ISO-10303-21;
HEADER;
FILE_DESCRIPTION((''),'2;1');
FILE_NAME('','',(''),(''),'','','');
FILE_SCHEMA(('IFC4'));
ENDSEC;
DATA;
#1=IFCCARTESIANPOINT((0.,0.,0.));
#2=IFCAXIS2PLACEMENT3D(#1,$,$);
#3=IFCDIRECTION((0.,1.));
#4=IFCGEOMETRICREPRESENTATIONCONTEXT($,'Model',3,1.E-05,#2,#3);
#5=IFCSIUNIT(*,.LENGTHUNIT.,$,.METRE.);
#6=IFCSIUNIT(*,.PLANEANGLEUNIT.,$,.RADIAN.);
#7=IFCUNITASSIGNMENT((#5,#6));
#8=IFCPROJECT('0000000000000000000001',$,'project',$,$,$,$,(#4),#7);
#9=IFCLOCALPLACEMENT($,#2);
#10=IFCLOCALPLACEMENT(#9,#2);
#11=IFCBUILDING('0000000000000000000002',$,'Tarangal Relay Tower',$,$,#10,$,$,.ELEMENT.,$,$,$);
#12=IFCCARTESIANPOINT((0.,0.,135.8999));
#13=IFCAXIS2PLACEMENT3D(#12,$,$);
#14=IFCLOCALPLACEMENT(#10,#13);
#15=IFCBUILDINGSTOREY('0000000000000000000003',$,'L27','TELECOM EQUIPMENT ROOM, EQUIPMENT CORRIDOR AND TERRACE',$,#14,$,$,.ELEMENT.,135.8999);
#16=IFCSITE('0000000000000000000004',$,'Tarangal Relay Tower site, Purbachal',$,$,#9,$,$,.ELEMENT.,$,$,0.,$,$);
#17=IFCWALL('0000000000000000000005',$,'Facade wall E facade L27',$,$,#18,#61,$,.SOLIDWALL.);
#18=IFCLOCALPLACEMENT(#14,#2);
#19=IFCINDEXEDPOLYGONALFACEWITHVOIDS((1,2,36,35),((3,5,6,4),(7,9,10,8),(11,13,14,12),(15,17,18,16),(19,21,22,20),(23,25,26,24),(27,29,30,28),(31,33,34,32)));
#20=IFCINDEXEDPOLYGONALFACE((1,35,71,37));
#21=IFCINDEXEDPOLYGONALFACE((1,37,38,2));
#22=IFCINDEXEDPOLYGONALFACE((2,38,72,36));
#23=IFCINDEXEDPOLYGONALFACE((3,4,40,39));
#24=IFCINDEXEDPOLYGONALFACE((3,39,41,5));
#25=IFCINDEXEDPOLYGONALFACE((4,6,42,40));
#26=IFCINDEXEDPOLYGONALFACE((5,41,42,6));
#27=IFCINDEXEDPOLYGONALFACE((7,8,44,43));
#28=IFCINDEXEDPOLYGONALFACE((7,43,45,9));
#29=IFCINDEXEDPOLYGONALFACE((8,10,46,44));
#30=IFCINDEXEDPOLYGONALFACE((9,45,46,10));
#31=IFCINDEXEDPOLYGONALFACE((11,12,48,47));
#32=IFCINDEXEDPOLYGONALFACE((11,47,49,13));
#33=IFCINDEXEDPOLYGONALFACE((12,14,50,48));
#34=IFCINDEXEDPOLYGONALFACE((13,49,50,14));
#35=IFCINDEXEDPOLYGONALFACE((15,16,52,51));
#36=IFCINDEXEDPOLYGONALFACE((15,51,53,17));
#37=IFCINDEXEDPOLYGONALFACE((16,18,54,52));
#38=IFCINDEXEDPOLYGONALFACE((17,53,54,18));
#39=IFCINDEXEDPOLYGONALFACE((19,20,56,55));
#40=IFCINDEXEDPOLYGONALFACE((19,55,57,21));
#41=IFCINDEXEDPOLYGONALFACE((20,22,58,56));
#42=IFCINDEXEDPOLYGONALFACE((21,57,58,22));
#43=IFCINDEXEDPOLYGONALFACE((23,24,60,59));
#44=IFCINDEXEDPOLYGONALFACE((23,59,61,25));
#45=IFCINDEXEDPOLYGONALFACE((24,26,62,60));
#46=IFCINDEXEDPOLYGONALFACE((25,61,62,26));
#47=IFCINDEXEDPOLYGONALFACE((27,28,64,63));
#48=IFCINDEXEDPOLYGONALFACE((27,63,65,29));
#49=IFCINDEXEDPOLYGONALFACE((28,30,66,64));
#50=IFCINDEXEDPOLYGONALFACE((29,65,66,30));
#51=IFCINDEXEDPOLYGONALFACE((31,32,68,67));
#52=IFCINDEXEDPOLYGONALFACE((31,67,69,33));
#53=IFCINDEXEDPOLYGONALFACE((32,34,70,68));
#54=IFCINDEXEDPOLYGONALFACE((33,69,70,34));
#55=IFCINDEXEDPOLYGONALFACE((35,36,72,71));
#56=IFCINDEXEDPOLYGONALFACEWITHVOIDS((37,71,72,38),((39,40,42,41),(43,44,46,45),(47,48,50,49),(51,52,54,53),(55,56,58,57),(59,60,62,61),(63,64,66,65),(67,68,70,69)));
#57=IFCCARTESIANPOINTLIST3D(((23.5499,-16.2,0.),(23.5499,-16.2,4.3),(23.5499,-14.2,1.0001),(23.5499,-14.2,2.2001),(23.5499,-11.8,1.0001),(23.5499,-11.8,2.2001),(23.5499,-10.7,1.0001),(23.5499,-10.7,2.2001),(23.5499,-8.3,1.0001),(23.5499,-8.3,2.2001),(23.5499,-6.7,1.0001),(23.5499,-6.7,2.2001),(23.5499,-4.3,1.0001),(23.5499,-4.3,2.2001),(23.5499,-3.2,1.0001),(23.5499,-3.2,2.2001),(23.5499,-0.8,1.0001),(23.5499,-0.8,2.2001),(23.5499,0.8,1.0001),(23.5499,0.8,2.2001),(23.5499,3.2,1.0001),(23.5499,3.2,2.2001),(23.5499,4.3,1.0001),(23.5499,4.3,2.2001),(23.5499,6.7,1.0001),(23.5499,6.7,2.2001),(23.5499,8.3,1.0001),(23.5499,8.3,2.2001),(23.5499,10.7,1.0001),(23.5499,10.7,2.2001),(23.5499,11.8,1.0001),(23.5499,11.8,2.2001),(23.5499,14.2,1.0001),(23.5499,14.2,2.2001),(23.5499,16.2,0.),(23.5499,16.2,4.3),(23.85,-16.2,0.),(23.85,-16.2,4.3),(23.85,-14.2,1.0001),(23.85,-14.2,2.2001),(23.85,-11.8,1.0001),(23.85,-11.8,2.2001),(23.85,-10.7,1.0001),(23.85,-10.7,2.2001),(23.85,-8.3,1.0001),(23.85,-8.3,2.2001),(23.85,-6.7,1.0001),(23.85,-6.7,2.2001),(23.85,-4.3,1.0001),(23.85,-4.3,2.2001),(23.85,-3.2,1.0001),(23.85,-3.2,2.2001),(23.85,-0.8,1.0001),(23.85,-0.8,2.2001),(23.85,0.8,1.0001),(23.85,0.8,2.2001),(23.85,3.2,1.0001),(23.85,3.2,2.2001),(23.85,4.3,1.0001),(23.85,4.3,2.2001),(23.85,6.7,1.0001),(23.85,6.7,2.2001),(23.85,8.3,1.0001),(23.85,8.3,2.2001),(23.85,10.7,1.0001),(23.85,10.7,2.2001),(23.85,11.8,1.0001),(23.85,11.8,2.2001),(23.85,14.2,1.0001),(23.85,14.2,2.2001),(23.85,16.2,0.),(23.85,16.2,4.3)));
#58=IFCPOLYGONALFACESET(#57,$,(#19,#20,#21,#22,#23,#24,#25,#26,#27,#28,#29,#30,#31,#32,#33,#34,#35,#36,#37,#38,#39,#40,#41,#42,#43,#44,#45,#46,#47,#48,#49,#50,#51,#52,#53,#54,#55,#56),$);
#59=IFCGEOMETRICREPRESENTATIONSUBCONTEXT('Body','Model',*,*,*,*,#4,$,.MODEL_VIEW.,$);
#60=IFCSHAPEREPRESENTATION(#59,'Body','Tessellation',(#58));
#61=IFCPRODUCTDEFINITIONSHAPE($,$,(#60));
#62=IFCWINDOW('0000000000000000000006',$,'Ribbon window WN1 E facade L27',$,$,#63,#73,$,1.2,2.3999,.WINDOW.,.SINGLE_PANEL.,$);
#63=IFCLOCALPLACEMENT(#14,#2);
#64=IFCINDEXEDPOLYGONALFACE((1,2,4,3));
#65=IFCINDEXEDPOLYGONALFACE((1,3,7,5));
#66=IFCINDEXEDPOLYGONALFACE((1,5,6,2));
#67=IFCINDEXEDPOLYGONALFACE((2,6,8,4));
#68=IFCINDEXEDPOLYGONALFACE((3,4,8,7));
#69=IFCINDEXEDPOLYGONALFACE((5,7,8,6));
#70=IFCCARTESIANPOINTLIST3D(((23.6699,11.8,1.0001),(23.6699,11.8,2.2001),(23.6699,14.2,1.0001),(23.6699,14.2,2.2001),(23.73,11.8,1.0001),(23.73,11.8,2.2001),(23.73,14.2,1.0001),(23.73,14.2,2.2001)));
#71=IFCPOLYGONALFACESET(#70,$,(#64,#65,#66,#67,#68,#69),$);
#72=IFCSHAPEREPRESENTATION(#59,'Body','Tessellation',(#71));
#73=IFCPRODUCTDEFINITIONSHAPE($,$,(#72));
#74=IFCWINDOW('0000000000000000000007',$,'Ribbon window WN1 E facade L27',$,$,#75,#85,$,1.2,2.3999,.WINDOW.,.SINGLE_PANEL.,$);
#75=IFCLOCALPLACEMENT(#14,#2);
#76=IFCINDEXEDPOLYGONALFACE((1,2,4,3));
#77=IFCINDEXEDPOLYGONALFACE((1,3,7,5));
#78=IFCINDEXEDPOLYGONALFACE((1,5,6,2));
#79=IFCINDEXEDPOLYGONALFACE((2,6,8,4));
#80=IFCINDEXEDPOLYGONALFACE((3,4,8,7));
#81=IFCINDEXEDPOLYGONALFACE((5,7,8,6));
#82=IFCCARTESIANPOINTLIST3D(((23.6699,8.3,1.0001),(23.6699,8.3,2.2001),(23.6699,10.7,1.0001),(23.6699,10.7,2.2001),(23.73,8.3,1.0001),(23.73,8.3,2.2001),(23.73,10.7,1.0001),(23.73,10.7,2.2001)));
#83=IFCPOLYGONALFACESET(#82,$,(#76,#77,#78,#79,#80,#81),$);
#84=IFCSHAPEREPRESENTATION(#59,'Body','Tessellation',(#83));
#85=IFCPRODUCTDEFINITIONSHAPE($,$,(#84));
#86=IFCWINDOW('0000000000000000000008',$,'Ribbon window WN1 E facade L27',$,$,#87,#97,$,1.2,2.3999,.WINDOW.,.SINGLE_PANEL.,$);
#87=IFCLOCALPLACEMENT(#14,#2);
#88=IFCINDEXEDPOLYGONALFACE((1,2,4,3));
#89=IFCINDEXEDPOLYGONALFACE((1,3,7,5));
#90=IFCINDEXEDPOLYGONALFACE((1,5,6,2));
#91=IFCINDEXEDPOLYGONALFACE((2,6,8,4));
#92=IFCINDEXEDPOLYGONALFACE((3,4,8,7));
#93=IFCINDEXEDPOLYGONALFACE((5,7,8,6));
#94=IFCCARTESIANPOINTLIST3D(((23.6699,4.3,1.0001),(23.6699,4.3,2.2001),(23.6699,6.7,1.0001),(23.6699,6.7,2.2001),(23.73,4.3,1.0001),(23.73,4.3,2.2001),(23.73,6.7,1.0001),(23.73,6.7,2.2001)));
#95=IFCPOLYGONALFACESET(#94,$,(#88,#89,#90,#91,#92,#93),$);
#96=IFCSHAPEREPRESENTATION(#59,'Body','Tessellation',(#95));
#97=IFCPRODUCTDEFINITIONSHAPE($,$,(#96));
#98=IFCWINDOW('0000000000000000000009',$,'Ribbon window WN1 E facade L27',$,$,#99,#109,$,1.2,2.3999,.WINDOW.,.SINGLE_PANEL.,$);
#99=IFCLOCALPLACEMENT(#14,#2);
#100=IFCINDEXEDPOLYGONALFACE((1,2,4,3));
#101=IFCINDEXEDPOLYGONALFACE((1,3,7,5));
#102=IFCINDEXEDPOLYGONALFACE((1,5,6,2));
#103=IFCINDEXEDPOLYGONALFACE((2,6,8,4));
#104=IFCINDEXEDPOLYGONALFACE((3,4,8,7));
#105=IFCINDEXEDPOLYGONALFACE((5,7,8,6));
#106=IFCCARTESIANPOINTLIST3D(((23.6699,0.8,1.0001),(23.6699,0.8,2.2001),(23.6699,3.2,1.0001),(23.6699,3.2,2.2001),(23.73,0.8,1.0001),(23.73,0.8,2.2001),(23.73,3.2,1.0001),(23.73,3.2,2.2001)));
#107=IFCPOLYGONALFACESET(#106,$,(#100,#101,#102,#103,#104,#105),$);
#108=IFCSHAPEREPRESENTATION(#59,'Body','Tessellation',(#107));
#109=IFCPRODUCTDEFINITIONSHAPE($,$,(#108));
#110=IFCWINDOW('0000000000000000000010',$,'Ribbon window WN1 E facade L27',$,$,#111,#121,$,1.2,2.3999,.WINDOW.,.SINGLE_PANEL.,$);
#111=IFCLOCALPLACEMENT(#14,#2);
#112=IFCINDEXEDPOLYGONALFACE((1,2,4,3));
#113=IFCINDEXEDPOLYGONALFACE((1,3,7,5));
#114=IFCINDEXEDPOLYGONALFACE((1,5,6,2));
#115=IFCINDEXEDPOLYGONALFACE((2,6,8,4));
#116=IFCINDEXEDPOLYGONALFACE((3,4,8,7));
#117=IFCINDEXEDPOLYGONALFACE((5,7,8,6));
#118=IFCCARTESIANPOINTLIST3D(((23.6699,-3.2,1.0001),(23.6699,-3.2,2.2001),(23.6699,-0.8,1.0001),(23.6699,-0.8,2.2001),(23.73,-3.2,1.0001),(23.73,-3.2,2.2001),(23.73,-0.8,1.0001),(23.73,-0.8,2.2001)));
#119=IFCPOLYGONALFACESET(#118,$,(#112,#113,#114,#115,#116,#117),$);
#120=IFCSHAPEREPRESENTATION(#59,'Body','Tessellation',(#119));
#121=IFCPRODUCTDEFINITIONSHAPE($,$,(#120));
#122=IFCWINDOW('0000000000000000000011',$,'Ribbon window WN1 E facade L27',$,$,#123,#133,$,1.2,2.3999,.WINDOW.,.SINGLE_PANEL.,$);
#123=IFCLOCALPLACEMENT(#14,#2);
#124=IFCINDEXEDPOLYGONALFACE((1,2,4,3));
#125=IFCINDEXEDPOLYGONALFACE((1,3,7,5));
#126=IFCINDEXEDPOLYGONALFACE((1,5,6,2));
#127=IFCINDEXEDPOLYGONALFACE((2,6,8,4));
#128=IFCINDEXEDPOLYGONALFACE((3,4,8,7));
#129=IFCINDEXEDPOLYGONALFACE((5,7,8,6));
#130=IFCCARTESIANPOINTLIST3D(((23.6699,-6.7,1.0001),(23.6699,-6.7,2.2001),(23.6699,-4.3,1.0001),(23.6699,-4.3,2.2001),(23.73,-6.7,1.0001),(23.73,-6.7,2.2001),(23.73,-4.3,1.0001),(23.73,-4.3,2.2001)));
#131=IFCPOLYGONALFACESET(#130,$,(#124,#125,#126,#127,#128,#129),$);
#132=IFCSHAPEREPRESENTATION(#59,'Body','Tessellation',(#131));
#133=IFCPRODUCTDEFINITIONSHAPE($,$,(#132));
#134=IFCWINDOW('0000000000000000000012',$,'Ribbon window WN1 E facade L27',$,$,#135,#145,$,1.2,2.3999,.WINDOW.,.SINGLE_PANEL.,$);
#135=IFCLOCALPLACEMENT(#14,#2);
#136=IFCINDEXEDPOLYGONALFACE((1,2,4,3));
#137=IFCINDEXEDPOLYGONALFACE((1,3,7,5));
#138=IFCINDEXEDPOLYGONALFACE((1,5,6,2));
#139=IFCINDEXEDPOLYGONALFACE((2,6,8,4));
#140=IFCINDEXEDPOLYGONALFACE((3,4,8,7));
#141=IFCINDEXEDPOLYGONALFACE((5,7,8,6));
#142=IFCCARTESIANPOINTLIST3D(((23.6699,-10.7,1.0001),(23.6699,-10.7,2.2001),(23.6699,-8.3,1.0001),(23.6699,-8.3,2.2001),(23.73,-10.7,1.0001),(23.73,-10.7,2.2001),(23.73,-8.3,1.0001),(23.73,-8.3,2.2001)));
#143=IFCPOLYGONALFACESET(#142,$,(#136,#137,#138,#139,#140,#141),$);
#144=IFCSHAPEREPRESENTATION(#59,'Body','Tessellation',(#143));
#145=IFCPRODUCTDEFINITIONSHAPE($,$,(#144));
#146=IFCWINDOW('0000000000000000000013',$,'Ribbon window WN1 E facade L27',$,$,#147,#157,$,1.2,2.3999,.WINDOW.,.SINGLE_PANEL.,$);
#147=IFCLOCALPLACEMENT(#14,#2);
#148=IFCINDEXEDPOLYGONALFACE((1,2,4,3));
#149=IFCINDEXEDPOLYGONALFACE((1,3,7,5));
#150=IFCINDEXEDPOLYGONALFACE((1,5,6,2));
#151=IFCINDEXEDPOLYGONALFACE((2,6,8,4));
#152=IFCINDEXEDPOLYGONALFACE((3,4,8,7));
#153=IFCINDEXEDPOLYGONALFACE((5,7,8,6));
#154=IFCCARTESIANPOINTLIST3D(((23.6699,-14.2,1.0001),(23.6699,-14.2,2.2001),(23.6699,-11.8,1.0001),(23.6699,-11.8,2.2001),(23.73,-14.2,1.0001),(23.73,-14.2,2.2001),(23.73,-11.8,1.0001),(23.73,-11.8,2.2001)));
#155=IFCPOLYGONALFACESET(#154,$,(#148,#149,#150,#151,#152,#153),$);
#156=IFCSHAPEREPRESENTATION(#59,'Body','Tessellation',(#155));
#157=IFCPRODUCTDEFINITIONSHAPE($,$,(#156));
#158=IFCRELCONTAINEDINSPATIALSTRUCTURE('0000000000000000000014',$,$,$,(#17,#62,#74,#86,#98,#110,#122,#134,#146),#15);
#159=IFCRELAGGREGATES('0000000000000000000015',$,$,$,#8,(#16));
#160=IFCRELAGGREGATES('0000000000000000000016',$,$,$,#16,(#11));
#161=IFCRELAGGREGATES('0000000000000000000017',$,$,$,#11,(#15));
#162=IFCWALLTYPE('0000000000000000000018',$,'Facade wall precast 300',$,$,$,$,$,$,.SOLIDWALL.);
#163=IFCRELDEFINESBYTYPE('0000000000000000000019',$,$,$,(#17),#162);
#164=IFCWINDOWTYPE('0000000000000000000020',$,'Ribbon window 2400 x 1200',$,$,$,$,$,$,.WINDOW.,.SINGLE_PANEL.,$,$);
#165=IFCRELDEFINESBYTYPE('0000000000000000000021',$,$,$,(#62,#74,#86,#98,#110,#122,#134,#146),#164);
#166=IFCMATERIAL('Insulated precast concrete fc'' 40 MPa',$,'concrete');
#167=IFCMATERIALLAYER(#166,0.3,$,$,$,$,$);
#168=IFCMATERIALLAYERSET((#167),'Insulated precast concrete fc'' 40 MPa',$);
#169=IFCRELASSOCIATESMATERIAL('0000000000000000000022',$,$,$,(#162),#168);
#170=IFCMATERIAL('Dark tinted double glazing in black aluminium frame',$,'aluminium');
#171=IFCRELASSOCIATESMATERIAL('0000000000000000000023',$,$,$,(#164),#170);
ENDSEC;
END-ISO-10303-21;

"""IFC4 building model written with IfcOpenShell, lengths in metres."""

from ifc_helpers import new_model, si_unit, direction, frame, frame_2d, origin, place, context, subcontext, project, spatial, rectangle, extrude, material, layer, layer_set, type_object, element, fill, save


model = new_model("IFC4")

# Units and contexts
model_context = context("Model", 3, precision=1e-05, world=origin(), true_north=direction((0.0, 1.0)))
body_context = subcontext(model_context, "Body", "Model", "MODEL_VIEW")
ifc_project = project(units=[si_unit("LENGTHUNIT", "METRE"), si_unit("PLANEANGLEUNIT", "RADIAN")], contexts=[model_context])

# Site, building, storey
site_placement = place(None, origin())
site = spatial("IfcSite", under=ifc_project, at=site_placement, Name="Tarangal Relay Tower site, Purbachal", CompositionType="ELEMENT", RefElevation=0.0)
building_placement = place(site_placement, origin())
building = spatial("IfcBuilding", under=site, at=building_placement, Name="Tarangal Relay Tower", CompositionType="ELEMENT")
storey_placement = place(building_placement, frame((0.0, 0.0, 135.8999)))
storey = spatial("IfcBuildingStorey", under=building, at=storey_placement, Name="L27", Description="TELECOM EQUIPMENT ROOM, EQUIPMENT CORRIDOR AND TERRACE", CompositionType="ELEMENT", Elevation=135.8999)

# Shared definitions
ifc_material_1 = material(Name="Insulated precast concrete fc' 40 MPa", Category="concrete")
ifc_layer_1 = layer(ifc_material_1, 0.3)
ifc_layer_set_1 = layer_set([ifc_layer_1], Name="Insulated precast concrete fc' 40 MPa")
wall_type_1 = type_object("IfcWallType", Name="Facade wall precast 300", PredefinedType="SOLIDWALL", material=ifc_layer_set_1)

# Wall, openings, windows
wall_1_placement = place(storey_placement, frame((23.7, 16.2, 0.0), z_axis=(0.0, 0.0, 1.0), x_axis=(0.0, -1.0, 0.0)))
wall_1 = element("IfcWall", 1, at=wall_1_placement, inside=storey, type_object=wall_type_1, Name="Facade wall E facade L27", PredefinedType="SOLIDWALL", context=body_context, shape_type="SweptSolid", body=[
    extrude(rectangle(XDim=32.3999, YDim=0.3, at=frame_2d((16.2, 0.0))), origin(), (0.0, 0.0, 1.0), 4.3),
])
opening_1_placement = place(wall_1_placement, frame((2.0, 0.0, 1.0)))
opening_1 = element("IfcOpeningElement", 2, at=opening_1_placement, cuts=wall_1, PredefinedType="OPENING", context=body_context, shape_type="SweptSolid", body=[
    extrude(rectangle(XDim=2.3999, YDim=1.2, at=frame_2d((1.2, 0.6001))), frame((0.0, 0.1599, 0.0), z_axis=(0.0, -1.0, 0.0), x_axis=(1.0, 0.0, 0.0)), (0.0, 0.0, 1.0), 0.3201),
])
opening_2_placement = place(wall_1_placement, frame((5.5, 0.0, 1.0)))
opening_2 = element("IfcOpeningElement", 3, at=opening_2_placement, cuts=wall_1, PredefinedType="OPENING", context=body_context, shape_type="SweptSolid", body=[
    extrude(rectangle(XDim=2.3999, YDim=1.2, at=frame_2d((1.2, 0.6001))), frame((0.0, 0.1599, 0.0), z_axis=(0.0, -1.0, 0.0), x_axis=(1.0, 0.0, 0.0)), (0.0, 0.0, 1.0), 0.3201),
])
opening_3_placement = place(wall_1_placement, frame((9.5, 0.0, 1.0)))
opening_3 = element("IfcOpeningElement", 4, at=opening_3_placement, cuts=wall_1, PredefinedType="OPENING", context=body_context, shape_type="SweptSolid", body=[
    extrude(rectangle(XDim=2.3999, YDim=1.2, at=frame_2d((1.2, 0.6001))), frame((0.0, 0.1599, 0.0), z_axis=(0.0, -1.0, 0.0), x_axis=(1.0, 0.0, 0.0)), (0.0, 0.0, 1.0), 0.3201),
])
opening_4_placement = place(wall_1_placement, frame((13.0, 0.0, 1.0)))
opening_4 = element("IfcOpeningElement", 5, at=opening_4_placement, cuts=wall_1, PredefinedType="OPENING", context=body_context, shape_type="SweptSolid", body=[
    extrude(rectangle(XDim=2.3999, YDim=1.2, at=frame_2d((1.2, 0.6001))), frame((0.0, 0.1599, 0.0), z_axis=(0.0, -1.0, 0.0), x_axis=(1.0, 0.0, 0.0)), (0.0, 0.0, 1.0), 0.3201),
])
opening_5_placement = place(wall_1_placement, frame((17.0, 0.0, 1.0)))
opening_5 = element("IfcOpeningElement", 6, at=opening_5_placement, cuts=wall_1, PredefinedType="OPENING", context=body_context, shape_type="SweptSolid", body=[
    extrude(rectangle(XDim=2.3999, YDim=1.2, at=frame_2d((1.2, 0.6001))), frame((0.0, 0.1599, 0.0), z_axis=(0.0, -1.0, 0.0), x_axis=(1.0, 0.0, 0.0)), (0.0, 0.0, 1.0), 0.3201),
])
opening_6_placement = place(wall_1_placement, frame((20.5, 0.0, 1.0)))
opening_6 = element("IfcOpeningElement", 7, at=opening_6_placement, cuts=wall_1, PredefinedType="OPENING", context=body_context, shape_type="SweptSolid", body=[
    extrude(rectangle(XDim=2.3999, YDim=1.2, at=frame_2d((1.2, 0.6001))), frame((0.0, 0.1599, 0.0), z_axis=(0.0, -1.0, 0.0), x_axis=(1.0, 0.0, 0.0)), (0.0, 0.0, 1.0), 0.3201),
])
opening_7_placement = place(wall_1_placement, frame((24.5, 0.0, 1.0)))
opening_7 = element("IfcOpeningElement", 8, at=opening_7_placement, cuts=wall_1, PredefinedType="OPENING", context=body_context, shape_type="SweptSolid", body=[
    extrude(rectangle(XDim=2.3999, YDim=1.2, at=frame_2d((1.2, 0.6001))), frame((0.0, 0.1599, 0.0), z_axis=(0.0, -1.0, 0.0), x_axis=(1.0, 0.0, 0.0)), (0.0, 0.0, 1.0), 0.3201),
])
opening_8_placement = place(wall_1_placement, frame((28.0, 0.0, 1.0)))
opening_8 = element("IfcOpeningElement", 9, at=opening_8_placement, cuts=wall_1, PredefinedType="OPENING", context=body_context, shape_type="SweptSolid", body=[
    extrude(rectangle(XDim=2.3999, YDim=1.2, at=frame_2d((1.2, 0.6001))), frame((0.0, 0.1599, 0.0), z_axis=(0.0, -1.0, 0.0), x_axis=(1.0, 0.0, 0.0)), (0.0, 0.0, 1.0), 0.3201),
])
ifc_material_2 = material(Name="Dark tinted double glazing in black aluminium frame", Category="aluminium")
window_type = type_object("IfcWindowType", Name="Ribbon window 2400 x 1200", PartitioningType="SINGLE_PANEL", PredefinedType="WINDOW", material=ifc_material_2)
window_1_placement = place(opening_1_placement, origin())
window_1 = element("IfcWindow", 10, at=window_1_placement, inside=storey, type_object=window_type, Name="Ribbon window WN1 E facade L27", OverallHeight=1.2, OverallWidth=2.3999, PartitioningType="SINGLE_PANEL", PredefinedType="WINDOW", context=body_context, shape_type="SweptSolid", body=[
    extrude(rectangle(XDim=2.3999, YDim=1.2, at=frame_2d((1.2, 0.6001))), frame((0.0, 0.03, 0.0), z_axis=(0.0, -1.0, 0.0), x_axis=(1.0, 0.0, 0.0)), (0.0, 0.0, 1.0), 0.0601),
])
fill(opening_1, window_1)
window_2_placement = place(opening_2_placement, origin())
window_2 = element("IfcWindow", 11, at=window_2_placement, inside=storey, type_object=window_type, Name="Ribbon window WN1 E facade L27", OverallHeight=1.2, OverallWidth=2.3999, PartitioningType="SINGLE_PANEL", PredefinedType="WINDOW", context=body_context, shape_type="SweptSolid", body=[
    extrude(rectangle(XDim=2.3999, YDim=1.2, at=frame_2d((1.2, 0.6001))), frame((0.0, 0.03, 0.0), z_axis=(0.0, -1.0, 0.0), x_axis=(1.0, 0.0, 0.0)), (0.0, 0.0, 1.0), 0.0601),
])
fill(opening_2, window_2)
window_3_placement = place(opening_3_placement, origin())
window_3 = element("IfcWindow", 12, at=window_3_placement, inside=storey, type_object=window_type, Name="Ribbon window WN1 E facade L27", OverallHeight=1.2, OverallWidth=2.3999, PartitioningType="SINGLE_PANEL", PredefinedType="WINDOW", context=body_context, shape_type="SweptSolid", body=[
    extrude(rectangle(XDim=2.3999, YDim=1.2, at=frame_2d((1.2, 0.6001))), frame((0.0, 0.03, 0.0), z_axis=(0.0, -1.0, 0.0), x_axis=(1.0, 0.0, 0.0)), (0.0, 0.0, 1.0), 0.0601),
])
fill(opening_3, window_3)
window_4_placement = place(opening_4_placement, origin())
window_4 = element("IfcWindow", 13, at=window_4_placement, inside=storey, type_object=window_type, Name="Ribbon window WN1 E facade L27", OverallHeight=1.2, OverallWidth=2.3999, PartitioningType="SINGLE_PANEL", PredefinedType="WINDOW", context=body_context, shape_type="SweptSolid", body=[
    extrude(rectangle(XDim=2.3999, YDim=1.2, at=frame_2d((1.2, 0.6001))), frame((0.0, 0.03, 0.0), z_axis=(0.0, -1.0, 0.0), x_axis=(1.0, 0.0, 0.0)), (0.0, 0.0, 1.0), 0.0601),
])
fill(opening_4, window_4)
window_5_placement = place(opening_5_placement, origin())
window_5 = element("IfcWindow", 14, at=window_5_placement, inside=storey, type_object=window_type, Name="Ribbon window WN1 E facade L27", OverallHeight=1.2, OverallWidth=2.3999, PartitioningType="SINGLE_PANEL", PredefinedType="WINDOW", context=body_context, shape_type="SweptSolid", body=[
    extrude(rectangle(XDim=2.3999, YDim=1.2, at=frame_2d((1.2, 0.6001))), frame((0.0, 0.03, 0.0), z_axis=(0.0, -1.0, 0.0), x_axis=(1.0, 0.0, 0.0)), (0.0, 0.0, 1.0), 0.0601),
])
fill(opening_5, window_5)
window_6_placement = place(opening_6_placement, origin())
window_6 = element("IfcWindow", 15, at=window_6_placement, inside=storey, type_object=window_type, Name="Ribbon window WN1 E facade L27", OverallHeight=1.2, OverallWidth=2.3999, PartitioningType="SINGLE_PANEL", PredefinedType="WINDOW", context=body_context, shape_type="SweptSolid", body=[
    extrude(rectangle(XDim=2.3999, YDim=1.2, at=frame_2d((1.2, 0.6001))), frame((0.0, 0.03, 0.0), z_axis=(0.0, -1.0, 0.0), x_axis=(1.0, 0.0, 0.0)), (0.0, 0.0, 1.0), 0.0601),
])
fill(opening_6, window_6)
window_7_placement = place(opening_7_placement, origin())
window_7 = element("IfcWindow", 16, at=window_7_placement, inside=storey, type_object=window_type, Name="Ribbon window WN1 E facade L27", OverallHeight=1.2, OverallWidth=2.3999, PartitioningType="SINGLE_PANEL", PredefinedType="WINDOW", context=body_context, shape_type="SweptSolid", body=[
    extrude(rectangle(XDim=2.3999, YDim=1.2, at=frame_2d((1.2, 0.6001))), frame((0.0, 0.03, 0.0), z_axis=(0.0, -1.0, 0.0), x_axis=(1.0, 0.0, 0.0)), (0.0, 0.0, 1.0), 0.0601),
])
fill(opening_7, window_7)
window_8_placement = place(opening_8_placement, origin())
window_8 = element("IfcWindow", 17, at=window_8_placement, inside=storey, type_object=window_type, Name="Ribbon window WN1 E facade L27", OverallHeight=1.2, OverallWidth=2.3999, PartitioningType="SINGLE_PANEL", PredefinedType="WINDOW", context=body_context, shape_type="SweptSolid", body=[
    extrude(rectangle(XDim=2.3999, YDim=1.2, at=frame_2d((1.2, 0.6001))), frame((0.0, 0.03, 0.0), z_axis=(0.0, -1.0, 0.0), x_axis=(1.0, 0.0, 0.0)), (0.0, 0.0, 1.0), 0.0601),
])
fill(opening_8, window_8)

save(model, "model.ifc")
